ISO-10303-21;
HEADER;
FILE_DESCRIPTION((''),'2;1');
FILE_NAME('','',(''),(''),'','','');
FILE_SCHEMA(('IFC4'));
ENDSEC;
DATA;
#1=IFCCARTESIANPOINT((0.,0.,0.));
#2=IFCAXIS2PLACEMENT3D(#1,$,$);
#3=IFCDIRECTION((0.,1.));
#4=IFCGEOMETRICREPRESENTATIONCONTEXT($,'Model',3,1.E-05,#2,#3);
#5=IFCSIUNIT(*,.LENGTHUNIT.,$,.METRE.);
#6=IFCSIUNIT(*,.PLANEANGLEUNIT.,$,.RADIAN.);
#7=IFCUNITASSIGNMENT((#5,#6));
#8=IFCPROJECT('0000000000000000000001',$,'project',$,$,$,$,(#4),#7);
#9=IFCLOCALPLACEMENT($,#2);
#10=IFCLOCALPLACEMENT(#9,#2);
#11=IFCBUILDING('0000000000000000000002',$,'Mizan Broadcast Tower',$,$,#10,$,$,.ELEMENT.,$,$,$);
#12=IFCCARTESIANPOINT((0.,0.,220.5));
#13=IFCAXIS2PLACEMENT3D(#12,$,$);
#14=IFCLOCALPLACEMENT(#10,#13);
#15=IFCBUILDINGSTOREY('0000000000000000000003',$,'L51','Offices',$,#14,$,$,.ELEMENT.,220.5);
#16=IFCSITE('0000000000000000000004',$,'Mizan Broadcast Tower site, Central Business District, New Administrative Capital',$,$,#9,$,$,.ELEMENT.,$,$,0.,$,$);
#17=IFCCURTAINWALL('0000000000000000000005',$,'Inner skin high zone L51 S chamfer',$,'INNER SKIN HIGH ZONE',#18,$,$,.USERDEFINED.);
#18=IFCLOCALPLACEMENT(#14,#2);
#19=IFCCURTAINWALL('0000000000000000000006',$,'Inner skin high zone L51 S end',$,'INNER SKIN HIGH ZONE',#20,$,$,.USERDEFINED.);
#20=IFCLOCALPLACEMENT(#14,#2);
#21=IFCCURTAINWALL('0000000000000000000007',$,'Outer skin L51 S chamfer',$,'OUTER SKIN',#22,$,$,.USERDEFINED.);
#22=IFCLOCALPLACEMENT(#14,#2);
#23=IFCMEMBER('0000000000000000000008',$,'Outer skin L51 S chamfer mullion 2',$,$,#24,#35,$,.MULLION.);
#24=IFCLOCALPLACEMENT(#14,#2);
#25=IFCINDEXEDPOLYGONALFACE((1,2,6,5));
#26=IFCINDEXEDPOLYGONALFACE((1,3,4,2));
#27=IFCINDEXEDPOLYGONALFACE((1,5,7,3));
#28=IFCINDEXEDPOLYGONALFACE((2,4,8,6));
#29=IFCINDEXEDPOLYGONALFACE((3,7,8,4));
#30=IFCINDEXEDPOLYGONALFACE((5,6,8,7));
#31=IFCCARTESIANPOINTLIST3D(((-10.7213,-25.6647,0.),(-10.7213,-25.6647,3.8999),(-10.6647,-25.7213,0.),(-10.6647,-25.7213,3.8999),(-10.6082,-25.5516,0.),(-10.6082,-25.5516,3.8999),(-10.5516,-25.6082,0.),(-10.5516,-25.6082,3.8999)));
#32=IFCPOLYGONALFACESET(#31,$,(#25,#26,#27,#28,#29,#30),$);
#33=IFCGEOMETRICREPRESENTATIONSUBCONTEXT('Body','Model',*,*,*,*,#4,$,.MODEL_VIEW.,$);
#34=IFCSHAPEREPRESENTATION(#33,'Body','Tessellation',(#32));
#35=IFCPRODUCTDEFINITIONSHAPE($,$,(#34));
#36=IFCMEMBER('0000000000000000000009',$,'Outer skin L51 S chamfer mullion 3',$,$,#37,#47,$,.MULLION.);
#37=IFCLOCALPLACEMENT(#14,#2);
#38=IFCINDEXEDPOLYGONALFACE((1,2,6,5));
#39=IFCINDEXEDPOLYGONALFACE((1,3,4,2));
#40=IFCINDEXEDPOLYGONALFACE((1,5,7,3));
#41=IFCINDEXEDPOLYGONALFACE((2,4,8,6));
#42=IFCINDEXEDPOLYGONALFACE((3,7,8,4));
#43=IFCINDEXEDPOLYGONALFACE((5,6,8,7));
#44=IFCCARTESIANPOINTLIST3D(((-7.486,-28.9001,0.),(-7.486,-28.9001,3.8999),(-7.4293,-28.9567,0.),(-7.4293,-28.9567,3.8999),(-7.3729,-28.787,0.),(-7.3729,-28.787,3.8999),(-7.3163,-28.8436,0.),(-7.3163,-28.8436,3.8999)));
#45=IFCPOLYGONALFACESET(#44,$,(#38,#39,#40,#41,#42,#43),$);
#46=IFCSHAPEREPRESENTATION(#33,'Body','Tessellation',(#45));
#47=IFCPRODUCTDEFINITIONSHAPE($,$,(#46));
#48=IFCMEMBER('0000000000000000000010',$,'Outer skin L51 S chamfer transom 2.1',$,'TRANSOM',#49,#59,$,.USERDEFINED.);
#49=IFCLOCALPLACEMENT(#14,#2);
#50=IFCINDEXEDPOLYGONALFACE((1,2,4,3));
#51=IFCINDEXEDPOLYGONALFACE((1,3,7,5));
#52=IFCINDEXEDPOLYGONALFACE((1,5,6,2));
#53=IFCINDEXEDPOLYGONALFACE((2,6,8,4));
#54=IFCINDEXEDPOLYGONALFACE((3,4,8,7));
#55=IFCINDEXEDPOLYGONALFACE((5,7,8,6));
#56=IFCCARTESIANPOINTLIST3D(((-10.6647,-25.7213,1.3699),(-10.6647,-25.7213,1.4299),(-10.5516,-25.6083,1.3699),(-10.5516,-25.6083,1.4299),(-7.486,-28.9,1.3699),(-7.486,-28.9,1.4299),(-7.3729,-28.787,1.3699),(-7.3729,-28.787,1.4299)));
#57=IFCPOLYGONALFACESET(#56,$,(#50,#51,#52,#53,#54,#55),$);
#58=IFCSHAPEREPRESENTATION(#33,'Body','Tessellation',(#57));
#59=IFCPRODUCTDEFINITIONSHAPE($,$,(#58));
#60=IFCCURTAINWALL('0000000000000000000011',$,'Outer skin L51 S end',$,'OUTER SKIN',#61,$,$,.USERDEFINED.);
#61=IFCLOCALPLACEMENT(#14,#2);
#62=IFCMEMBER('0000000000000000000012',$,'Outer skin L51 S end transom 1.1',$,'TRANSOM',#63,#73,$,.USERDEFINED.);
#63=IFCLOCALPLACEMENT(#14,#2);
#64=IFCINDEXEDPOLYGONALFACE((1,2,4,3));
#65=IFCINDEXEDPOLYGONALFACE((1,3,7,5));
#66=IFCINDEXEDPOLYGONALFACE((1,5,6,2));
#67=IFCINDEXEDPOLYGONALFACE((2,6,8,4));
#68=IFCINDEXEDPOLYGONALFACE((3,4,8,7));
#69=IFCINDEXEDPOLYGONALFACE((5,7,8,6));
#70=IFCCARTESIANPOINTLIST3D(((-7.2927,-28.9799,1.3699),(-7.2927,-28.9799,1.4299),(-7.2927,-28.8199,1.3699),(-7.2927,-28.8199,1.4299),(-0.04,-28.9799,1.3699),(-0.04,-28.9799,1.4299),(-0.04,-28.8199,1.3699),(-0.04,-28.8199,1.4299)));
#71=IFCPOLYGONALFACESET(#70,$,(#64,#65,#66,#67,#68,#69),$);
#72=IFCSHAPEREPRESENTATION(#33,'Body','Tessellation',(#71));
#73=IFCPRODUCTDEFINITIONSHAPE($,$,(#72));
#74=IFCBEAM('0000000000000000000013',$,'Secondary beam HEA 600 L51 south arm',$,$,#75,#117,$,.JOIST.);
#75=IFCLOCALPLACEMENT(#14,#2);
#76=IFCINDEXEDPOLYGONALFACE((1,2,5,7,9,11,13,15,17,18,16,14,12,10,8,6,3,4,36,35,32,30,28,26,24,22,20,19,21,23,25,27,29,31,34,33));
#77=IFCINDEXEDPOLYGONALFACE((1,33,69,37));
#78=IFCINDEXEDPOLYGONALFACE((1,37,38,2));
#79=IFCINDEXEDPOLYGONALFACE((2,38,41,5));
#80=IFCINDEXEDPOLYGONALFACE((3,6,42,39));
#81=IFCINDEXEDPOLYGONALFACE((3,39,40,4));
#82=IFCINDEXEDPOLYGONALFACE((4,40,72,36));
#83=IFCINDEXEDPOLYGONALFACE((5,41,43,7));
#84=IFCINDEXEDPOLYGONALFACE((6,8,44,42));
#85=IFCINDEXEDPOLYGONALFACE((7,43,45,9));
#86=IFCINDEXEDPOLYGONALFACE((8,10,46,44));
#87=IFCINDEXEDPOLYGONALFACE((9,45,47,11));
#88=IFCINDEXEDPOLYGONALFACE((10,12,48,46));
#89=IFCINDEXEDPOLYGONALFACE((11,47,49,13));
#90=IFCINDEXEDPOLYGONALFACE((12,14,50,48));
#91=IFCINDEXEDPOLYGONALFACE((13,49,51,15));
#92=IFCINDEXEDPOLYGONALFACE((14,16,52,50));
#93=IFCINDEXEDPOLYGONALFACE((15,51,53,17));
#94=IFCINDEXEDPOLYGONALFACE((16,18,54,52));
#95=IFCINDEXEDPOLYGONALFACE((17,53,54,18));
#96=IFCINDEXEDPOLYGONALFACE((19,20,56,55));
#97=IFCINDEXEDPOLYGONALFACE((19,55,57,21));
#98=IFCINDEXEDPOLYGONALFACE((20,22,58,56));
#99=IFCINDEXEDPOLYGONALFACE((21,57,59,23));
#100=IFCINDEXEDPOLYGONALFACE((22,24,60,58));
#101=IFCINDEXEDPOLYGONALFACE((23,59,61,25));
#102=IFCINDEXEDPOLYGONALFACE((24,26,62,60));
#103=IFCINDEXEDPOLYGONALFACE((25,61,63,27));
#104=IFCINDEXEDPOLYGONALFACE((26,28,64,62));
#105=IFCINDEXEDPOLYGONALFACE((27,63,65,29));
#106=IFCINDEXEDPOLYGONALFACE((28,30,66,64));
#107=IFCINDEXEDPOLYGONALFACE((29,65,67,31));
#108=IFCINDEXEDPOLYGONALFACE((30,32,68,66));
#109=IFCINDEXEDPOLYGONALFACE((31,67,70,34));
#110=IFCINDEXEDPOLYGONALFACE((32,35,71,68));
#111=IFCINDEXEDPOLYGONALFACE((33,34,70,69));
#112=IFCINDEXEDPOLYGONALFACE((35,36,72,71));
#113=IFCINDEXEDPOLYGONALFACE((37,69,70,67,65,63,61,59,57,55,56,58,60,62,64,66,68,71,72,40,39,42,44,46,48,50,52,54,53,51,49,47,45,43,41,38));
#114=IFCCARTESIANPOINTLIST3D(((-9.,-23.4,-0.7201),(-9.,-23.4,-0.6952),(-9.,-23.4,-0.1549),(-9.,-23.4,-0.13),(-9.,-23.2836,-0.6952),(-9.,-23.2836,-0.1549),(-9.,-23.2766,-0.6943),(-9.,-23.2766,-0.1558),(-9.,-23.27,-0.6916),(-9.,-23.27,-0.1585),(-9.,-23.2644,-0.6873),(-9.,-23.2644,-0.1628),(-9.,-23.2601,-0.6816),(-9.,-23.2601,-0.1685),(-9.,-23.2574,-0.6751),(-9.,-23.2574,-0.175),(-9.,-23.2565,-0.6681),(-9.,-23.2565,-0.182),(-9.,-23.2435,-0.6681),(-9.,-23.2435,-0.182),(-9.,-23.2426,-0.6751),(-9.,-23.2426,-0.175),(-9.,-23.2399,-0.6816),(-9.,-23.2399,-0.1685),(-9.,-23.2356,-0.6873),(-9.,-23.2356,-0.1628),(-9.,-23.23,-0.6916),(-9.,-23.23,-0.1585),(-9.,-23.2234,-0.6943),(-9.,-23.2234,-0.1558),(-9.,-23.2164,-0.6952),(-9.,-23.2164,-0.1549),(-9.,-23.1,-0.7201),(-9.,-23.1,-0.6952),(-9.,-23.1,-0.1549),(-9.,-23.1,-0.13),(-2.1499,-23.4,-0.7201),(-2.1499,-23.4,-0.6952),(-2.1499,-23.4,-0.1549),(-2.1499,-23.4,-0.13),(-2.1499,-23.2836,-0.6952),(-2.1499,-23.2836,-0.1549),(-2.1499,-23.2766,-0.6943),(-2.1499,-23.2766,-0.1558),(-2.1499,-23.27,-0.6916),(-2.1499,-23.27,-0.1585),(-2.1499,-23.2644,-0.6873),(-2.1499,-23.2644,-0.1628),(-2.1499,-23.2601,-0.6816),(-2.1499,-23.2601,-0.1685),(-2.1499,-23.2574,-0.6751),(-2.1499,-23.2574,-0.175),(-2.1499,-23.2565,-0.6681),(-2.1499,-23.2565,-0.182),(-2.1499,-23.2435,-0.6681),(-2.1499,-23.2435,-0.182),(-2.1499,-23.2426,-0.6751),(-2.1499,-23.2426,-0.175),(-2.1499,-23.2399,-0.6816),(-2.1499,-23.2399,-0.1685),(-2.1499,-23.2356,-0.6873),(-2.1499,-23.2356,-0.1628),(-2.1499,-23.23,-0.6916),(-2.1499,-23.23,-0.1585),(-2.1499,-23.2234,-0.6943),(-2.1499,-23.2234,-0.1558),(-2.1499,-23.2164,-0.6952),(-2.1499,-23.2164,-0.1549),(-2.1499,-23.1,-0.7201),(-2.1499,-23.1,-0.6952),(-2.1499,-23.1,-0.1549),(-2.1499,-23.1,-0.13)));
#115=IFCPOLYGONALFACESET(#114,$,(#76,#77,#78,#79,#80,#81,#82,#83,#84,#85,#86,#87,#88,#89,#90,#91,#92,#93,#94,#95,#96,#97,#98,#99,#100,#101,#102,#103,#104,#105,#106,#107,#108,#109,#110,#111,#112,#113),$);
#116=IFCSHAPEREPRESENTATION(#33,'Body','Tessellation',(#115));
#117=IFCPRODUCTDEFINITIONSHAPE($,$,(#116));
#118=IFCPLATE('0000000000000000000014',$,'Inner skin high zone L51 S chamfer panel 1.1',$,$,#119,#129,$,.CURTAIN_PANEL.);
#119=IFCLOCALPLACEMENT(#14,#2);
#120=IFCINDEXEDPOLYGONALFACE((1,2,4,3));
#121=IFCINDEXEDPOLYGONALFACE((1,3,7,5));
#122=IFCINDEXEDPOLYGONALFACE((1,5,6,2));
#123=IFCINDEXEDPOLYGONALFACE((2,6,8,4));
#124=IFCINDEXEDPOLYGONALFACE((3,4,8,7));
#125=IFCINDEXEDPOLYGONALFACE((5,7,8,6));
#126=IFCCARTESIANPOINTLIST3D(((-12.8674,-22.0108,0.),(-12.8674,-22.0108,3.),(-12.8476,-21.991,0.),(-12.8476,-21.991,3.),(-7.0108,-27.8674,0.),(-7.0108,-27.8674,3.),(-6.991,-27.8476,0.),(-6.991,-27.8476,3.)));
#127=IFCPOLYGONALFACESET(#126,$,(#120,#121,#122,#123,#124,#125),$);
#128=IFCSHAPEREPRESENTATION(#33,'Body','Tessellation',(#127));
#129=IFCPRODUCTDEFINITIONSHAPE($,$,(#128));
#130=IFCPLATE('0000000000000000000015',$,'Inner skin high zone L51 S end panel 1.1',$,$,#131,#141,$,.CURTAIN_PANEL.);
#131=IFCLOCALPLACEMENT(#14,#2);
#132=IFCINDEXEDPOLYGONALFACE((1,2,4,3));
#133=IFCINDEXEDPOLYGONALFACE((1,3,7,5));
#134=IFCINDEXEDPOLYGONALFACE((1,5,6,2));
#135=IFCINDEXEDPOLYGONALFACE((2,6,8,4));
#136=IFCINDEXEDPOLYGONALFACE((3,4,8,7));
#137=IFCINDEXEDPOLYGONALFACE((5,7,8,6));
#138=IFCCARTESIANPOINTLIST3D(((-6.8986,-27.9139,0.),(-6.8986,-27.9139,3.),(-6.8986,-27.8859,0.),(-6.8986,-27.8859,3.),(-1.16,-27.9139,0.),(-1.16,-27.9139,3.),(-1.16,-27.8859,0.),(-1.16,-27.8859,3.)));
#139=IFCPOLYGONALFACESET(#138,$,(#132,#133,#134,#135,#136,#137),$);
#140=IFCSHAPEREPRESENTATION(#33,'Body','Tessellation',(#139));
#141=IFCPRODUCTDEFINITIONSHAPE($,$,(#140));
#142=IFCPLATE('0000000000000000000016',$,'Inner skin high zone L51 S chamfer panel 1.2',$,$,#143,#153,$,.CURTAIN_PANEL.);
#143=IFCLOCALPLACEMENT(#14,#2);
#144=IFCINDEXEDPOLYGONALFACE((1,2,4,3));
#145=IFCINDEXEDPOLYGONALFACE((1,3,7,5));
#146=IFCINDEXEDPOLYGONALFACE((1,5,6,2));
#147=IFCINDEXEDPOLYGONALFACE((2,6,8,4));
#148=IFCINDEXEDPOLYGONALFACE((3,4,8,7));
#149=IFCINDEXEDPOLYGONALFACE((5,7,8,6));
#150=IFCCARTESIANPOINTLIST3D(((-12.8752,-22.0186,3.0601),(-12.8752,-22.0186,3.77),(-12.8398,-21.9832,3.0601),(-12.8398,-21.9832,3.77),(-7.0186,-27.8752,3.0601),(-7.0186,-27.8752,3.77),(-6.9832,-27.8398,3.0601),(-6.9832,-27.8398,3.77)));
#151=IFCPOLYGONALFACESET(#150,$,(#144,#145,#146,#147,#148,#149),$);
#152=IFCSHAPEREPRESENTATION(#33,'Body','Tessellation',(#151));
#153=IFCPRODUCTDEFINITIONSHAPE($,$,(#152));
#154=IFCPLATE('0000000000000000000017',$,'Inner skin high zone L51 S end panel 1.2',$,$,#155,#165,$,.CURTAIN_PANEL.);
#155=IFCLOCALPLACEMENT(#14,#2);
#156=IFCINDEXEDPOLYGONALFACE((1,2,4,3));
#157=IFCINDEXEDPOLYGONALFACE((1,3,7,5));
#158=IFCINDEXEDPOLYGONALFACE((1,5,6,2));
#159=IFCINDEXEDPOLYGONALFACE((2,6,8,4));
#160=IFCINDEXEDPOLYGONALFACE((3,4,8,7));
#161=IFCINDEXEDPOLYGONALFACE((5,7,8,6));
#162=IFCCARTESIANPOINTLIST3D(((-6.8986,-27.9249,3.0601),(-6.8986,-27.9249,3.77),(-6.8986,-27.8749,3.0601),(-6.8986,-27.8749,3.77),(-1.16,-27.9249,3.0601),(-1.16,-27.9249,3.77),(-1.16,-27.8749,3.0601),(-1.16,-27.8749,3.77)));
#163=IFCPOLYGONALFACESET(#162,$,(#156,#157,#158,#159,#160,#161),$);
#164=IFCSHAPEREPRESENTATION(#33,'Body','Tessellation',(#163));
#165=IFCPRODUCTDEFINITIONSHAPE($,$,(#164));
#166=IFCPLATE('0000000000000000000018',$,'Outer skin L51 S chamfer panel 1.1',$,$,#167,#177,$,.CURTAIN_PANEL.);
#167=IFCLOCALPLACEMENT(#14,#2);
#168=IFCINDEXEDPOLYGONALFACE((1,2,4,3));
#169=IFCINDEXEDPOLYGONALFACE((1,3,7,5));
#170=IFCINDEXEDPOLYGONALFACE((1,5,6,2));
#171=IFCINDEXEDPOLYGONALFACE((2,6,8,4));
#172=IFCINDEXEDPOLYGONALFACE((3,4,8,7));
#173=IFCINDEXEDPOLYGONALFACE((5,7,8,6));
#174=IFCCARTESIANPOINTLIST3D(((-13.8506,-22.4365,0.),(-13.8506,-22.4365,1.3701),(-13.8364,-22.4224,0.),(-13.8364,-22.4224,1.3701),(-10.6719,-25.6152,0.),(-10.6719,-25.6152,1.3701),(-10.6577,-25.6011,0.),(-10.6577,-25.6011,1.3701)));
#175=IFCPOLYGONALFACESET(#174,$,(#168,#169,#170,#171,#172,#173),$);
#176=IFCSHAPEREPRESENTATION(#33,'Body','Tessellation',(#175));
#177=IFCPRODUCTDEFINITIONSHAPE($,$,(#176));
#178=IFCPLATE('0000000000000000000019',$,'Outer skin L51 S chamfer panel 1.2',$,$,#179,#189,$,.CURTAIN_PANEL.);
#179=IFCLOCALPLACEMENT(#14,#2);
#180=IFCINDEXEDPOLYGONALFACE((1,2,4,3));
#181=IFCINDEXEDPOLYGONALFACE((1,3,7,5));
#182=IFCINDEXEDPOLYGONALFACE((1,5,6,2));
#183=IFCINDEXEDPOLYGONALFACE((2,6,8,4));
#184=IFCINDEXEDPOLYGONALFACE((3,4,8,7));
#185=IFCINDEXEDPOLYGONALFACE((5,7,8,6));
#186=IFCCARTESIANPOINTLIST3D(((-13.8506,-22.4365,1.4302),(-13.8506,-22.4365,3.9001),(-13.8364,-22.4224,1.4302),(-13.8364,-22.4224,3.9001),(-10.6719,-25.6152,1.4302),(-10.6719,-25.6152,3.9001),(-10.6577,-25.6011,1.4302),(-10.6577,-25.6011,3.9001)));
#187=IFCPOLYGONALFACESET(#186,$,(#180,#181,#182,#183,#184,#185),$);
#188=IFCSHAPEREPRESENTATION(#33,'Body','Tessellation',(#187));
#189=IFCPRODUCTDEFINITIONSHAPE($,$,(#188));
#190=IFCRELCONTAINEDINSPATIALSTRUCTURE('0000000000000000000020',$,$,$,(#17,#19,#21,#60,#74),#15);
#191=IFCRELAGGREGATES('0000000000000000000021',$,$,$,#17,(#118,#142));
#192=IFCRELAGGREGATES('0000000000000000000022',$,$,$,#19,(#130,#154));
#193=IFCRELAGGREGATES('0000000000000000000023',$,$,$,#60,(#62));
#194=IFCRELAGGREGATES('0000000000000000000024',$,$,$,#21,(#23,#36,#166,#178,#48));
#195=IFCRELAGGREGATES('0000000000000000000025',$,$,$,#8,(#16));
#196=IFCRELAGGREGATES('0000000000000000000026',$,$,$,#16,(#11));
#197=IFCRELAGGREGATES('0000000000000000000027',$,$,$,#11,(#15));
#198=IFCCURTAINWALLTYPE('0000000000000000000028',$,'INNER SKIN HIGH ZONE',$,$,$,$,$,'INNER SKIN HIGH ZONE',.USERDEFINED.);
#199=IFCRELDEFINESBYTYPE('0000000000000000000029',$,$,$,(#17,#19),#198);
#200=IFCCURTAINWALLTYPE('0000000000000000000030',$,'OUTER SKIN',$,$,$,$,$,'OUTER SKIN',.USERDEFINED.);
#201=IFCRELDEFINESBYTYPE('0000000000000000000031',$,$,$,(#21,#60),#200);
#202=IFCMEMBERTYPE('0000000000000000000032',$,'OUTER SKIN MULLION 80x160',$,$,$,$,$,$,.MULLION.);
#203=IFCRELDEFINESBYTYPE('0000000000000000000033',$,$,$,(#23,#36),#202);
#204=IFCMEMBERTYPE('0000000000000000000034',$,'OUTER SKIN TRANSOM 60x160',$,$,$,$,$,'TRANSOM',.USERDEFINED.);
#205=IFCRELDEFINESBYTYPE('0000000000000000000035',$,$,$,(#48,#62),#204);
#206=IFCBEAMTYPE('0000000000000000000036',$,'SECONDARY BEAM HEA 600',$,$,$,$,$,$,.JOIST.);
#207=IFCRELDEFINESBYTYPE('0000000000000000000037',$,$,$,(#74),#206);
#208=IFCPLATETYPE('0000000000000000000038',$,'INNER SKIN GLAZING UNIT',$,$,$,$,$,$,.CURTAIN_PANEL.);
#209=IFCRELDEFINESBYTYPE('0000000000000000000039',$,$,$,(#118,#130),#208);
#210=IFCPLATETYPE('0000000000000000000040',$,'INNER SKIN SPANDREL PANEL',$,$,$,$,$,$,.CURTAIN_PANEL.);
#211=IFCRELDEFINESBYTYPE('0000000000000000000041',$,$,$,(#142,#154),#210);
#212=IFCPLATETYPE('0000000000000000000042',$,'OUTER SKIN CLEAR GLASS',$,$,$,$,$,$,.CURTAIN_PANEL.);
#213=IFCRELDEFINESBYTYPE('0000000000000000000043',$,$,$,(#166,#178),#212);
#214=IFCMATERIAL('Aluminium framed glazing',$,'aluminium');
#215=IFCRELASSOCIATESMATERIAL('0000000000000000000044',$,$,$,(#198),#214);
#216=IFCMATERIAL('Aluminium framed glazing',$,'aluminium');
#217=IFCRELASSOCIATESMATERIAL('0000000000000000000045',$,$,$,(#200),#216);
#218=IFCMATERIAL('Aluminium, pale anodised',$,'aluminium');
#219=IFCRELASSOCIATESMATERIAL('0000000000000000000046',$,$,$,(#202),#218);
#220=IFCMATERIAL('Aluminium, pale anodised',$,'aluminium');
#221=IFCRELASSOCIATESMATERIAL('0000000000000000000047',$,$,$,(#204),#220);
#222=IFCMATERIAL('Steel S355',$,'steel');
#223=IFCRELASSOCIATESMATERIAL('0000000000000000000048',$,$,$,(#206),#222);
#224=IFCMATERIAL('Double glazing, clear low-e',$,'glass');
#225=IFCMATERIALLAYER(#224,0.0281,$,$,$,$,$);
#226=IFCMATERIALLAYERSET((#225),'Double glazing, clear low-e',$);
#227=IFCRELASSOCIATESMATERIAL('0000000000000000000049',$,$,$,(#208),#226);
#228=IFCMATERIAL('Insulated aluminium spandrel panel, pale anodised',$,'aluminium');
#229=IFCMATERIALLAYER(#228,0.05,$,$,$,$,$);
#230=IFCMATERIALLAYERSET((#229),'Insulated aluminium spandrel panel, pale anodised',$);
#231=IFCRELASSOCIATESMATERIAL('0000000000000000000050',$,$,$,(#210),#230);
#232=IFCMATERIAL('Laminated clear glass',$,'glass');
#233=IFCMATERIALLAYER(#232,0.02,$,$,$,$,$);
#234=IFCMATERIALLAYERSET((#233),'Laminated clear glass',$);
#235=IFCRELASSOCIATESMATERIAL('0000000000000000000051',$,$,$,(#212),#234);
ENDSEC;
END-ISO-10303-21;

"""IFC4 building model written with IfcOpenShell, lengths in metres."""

from ifc_helpers import new_model, si_unit, direction, frame, origin, origin_2d, place, context, subcontext, project, spatial, rectangle, i_section, extrude, material, layer, layer_set, material_profile, profile_set, type_object, element, aggregate, save


model = new_model("IFC4")

# Units and contexts
model_context = context("Model", 3, precision=1e-05, world=origin(), true_north=direction((0.0, 1.0)))
body_context = subcontext(model_context, "Body", "Model", "MODEL_VIEW")
ifc_project = project(units=[si_unit("LENGTHUNIT", "METRE"), si_unit("PLANEANGLEUNIT", "RADIAN")], contexts=[model_context])

# Site, building, storey
site_placement = place(None, origin())
site = spatial("IfcSite", under=ifc_project, at=site_placement, Name="Mizan Broadcast Tower site, Central Business District, New Administrative Capital", CompositionType="ELEMENT", RefElevation=0.0)
building_placement = place(site_placement, origin())
building = spatial("IfcBuilding", under=site, at=building_placement, Name="Mizan Broadcast Tower", CompositionType="ELEMENT")
storey_placement = place(building_placement, frame((0.0, 0.0, 220.5)))
storey = spatial("IfcBuildingStorey", under=building, at=storey_placement, Name="L51", Description="Offices", CompositionType="ELEMENT", Elevation=220.5)

# Curtain wall
ifc_material_1 = material(Name="Aluminium framed glazing", Category="aluminium")
curtain_wall_type_1 = type_object("IfcCurtainWallType", Name="INNER SKIN HIGH ZONE", ElementType="INNER SKIN HIGH ZONE", PredefinedType="USERDEFINED", material=ifc_material_1)
curtain_wall_1_placement = place(storey_placement, origin())
curtain_wall_1 = element("IfcCurtainWall", 1, at=curtain_wall_1_placement, inside=storey, type_object=curtain_wall_type_1, Name="Inner skin high zone L51 S chamfer", ObjectType="INNER SKIN HIGH ZONE", PredefinedType="USERDEFINED")

# Curtain walls, members
curtain_wall_2_placement = place(storey_placement, origin())
curtain_wall_2 = element("IfcCurtainWall", 2, at=curtain_wall_2_placement, inside=storey, type_object=curtain_wall_type_1, Name="Inner skin high zone L51 S end", ObjectType="INNER SKIN HIGH ZONE", PredefinedType="USERDEFINED")
ifc_material_2 = material(Name="Aluminium framed glazing", Category="aluminium")
curtain_wall_type_2 = type_object("IfcCurtainWallType", Name="OUTER SKIN", ElementType="OUTER SKIN", PredefinedType="USERDEFINED", material=ifc_material_2)
curtain_wall_3_placement = place(storey_placement, origin())
curtain_wall_3 = element("IfcCurtainWall", 3, at=curtain_wall_3_placement, inside=storey, type_object=curtain_wall_type_2, Name="Outer skin L51 S chamfer", ObjectType="OUTER SKIN", PredefinedType="USERDEFINED")
ifc_material_3 = material(Name="Aluminium, pale anodised", Category="aluminium")
ifc_material_profile_1 = material_profile(ifc_material_3, rectangle(XDim=0.1599, YDim=0.0801, at=origin_2d()), Name="MULLION 160x80")
ifc_profile_set_1 = profile_set([ifc_material_profile_1], Name="Aluminium, pale anodised")
member_type_1 = type_object("IfcMemberType", Name="OUTER SKIN MULLION 80x160", PredefinedType="MULLION", material=ifc_profile_set_1)
member_1_placement = place(storey_placement, frame((-10.6365, -25.6365, 0.0), z_axis=(0.0, 0.0, 1.0), x_axis=(0.707107, 0.707107, 0.0)))
member_1 = element("IfcMember", 4, at=member_1_placement, type_object=member_type_1, Name="Outer skin L51 S chamfer mullion 2", PredefinedType="MULLION", context=body_context, shape_type="SweptSolid", body=[
    extrude(rectangle(XDim=0.1599, YDim=0.0801, at=origin_2d()), origin(), (0.0, 0.0, 1.0), 3.8999),
])
member_2_placement = place(storey_placement, frame((-7.4011, -28.8718, 0.0), z_axis=(0.0, 0.0, 1.0), x_axis=(0.707107, 0.707107, 0.0)))
member_2 = element("IfcMember", 5, at=member_2_placement, type_object=member_type_1, Name="Outer skin L51 S chamfer mullion 3", PredefinedType="MULLION", context=body_context, shape_type="SweptSolid", body=[
    extrude(rectangle(XDim=0.1599, YDim=0.0801, at=origin_2d()), origin(), (0.0, 0.0, 1.0), 3.8999),
])
ifc_material_4 = material(Name="Aluminium, pale anodised", Category="aluminium")
ifc_material_profile_2 = material_profile(ifc_material_4, rectangle(XDim=0.1599, YDim=0.0601, at=origin_2d()), Name="TRANSOM 160x60")
ifc_profile_set_2 = profile_set([ifc_material_profile_2], Name="Aluminium, pale anodised")
member_type_2 = type_object("IfcMemberType", Name="OUTER SKIN TRANSOM 60x160", ElementType="TRANSOM", PredefinedType="USERDEFINED", material=ifc_profile_set_2)
member_3_placement = place(storey_placement, frame((-10.6082, -25.6648, 1.3999), z_axis=(0.707107, -0.707107, 0.0), x_axis=(0.707107, 0.707107, 0.0)))
member_3 = element("IfcMember", 6, at=member_3_placement, type_object=member_type_2, Name="Outer skin L51 S chamfer transom 2.1", ObjectType="TRANSOM", PredefinedType="USERDEFINED", context=body_context, shape_type="SweptSolid", body=[
    extrude(rectangle(XDim=0.1599, YDim=0.0601, at=origin_2d()), origin(), (0.0, 0.0, 1.0), 4.4954),
])

# Curtain wall, member
curtain_wall_4_placement = place(storey_placement, origin())
curtain_wall_4 = element("IfcCurtainWall", 7, at=curtain_wall_4_placement, inside=storey, type_object=curtain_wall_type_2, Name="Outer skin L51 S end", ObjectType="OUTER SKIN", PredefinedType="USERDEFINED")
member_4_placement = place(storey_placement, frame((-7.2927, -28.8999, 1.3999), z_axis=(1.0, 0.0, 0.0), x_axis=(0.0, 1.0, 0.0)))
member_4 = element("IfcMember", 8, at=member_4_placement, type_object=member_type_2, Name="Outer skin L51 S end transom 1.1", ObjectType="TRANSOM", PredefinedType="USERDEFINED", context=body_context, shape_type="SweptSolid", body=[
    extrude(rectangle(XDim=0.1599, YDim=0.0601, at=origin_2d()), origin(), (0.0, 0.0, 1.0), 7.2527),
])

# Beam
ifc_material_5 = material(Name="Steel S355", Category="steel")
ifc_material_profile_3 = material_profile(ifc_material_5, i_section(OverallWidth=0.3, OverallDepth=0.5901, WebThickness=0.0129, FlangeThickness=0.0249, FilletRadius=0.0271, at=origin_2d()), Name="HEA 600")
ifc_profile_set_3 = profile_set([ifc_material_profile_3], Name="Steel S355")
beam_type_1 = type_object("IfcBeamType", Name="SECONDARY BEAM HEA 600", PredefinedType="JOIST", material=ifc_profile_set_3)
beam_1_placement = place(storey_placement, frame((-9.0, -23.25, -0.425), z_axis=(1.0, 0.0, 0.0), x_axis=(0.0, 1.0, 0.0)))
element("IfcBeam", 9, at=beam_1_placement, inside=storey, type_object=beam_type_1, Name="Secondary beam HEA 600 L51 south arm", PredefinedType="JOIST", context=body_context, shape_type="SweptSolid", body=[
    extrude(i_section(OverallWidth=0.3, OverallDepth=0.5901, WebThickness=0.0129, FlangeThickness=0.0249, FilletRadius=0.0271, at=origin_2d()), origin(), (0.0, 0.0, 1.0), 6.8501),
])

# Plates
ifc_material_6 = material(Name="Double glazing, clear low-e", Category="glass")
ifc_layer_1 = layer(ifc_material_6, 0.0281)
ifc_layer_set_1 = layer_set([ifc_layer_1], Name="Double glazing, clear low-e")
plate_type_1 = type_object("IfcPlateType", Name="INNER SKIN GLAZING UNIT", PredefinedType="CURTAIN_PANEL", material=ifc_layer_set_1)
plate_1_placement = place(storey_placement, frame((-9.9292, -24.9292, 0.0), z_axis=(0.0, 0.0, 1.0), x_axis=(0.707107, -0.707107, 0.0)))
plate_1 = element("IfcPlate", 10, at=plate_1_placement, type_object=plate_type_1, Name="Inner skin high zone L51 S chamfer panel 1.1", PredefinedType="CURTAIN_PANEL", context=body_context, shape_type="SweptSolid", body=[
    extrude(rectangle(XDim=8.2825, YDim=0.0281, at=origin_2d()), origin(), (0.0, 0.0, 1.0), 3.0),
])
plate_2_placement = place(storey_placement, frame((-4.0293, -27.8999, 0.0), z_axis=(0.0, 0.0, 1.0), x_axis=(1.0, 0.0, 0.0)))
plate_2 = element("IfcPlate", 11, at=plate_2_placement, type_object=plate_type_1, Name="Inner skin high zone L51 S end panel 1.1", PredefinedType="CURTAIN_PANEL", context=body_context, shape_type="SweptSolid", body=[
    extrude(rectangle(XDim=5.7385, YDim=0.0281, at=origin_2d()), origin(), (0.0, 0.0, 1.0), 3.0),
])
ifc_material_7 = material(Name="Insulated aluminium spandrel panel, pale anodised", Category="aluminium")
ifc_layer_2 = layer(ifc_material_7, 0.05)
ifc_layer_set_2 = layer_set([ifc_layer_2], Name="Insulated aluminium spandrel panel, pale anodised")
plate_type_2 = type_object("IfcPlateType", Name="INNER SKIN SPANDREL PANEL", PredefinedType="CURTAIN_PANEL", material=ifc_layer_set_2)
plate_3_placement = place(storey_placement, frame((-9.9292, -24.9292, 3.0601), z_axis=(0.0, 0.0, 1.0), x_axis=(0.707107, -0.707107, 0.0)))
plate_3 = element("IfcPlate", 12, at=plate_3_placement, type_object=plate_type_2, Name="Inner skin high zone L51 S chamfer panel 1.2", PredefinedType="CURTAIN_PANEL", context=body_context, shape_type="SweptSolid", body=[
    extrude(rectangle(XDim=8.2825, YDim=0.05, at=origin_2d()), origin(), (0.0, 0.0, 1.0), 0.71),
])
aggregate(curtain_wall_1, [plate_1, plate_3])
plate_4_placement = place(storey_placement, frame((-4.0293, -27.8999, 3.0601), z_axis=(0.0, 0.0, 1.0), x_axis=(1.0, 0.0, 0.0)))
plate_4 = element("IfcPlate", 13, at=plate_4_placement, type_object=plate_type_2, Name="Inner skin high zone L51 S end panel 1.2", PredefinedType="CURTAIN_PANEL", context=body_context, shape_type="SweptSolid", body=[
    extrude(rectangle(XDim=5.7385, YDim=0.05, at=origin_2d()), origin(), (0.0, 0.0, 1.0), 0.71),
])
aggregate(curtain_wall_2, [plate_2, plate_4])
ifc_material_8 = material(Name="Laminated clear glass", Category="glass")
ifc_layer_3 = layer(ifc_material_8, 0.02)
ifc_layer_set_3 = layer_set([ifc_layer_3], Name="Laminated clear glass")
plate_type_3 = type_object("IfcPlateType", Name="OUTER SKIN CLEAR GLASS", PredefinedType="CURTAIN_PANEL", material=ifc_layer_set_3)
plate_5_placement = place(storey_placement, frame((-12.2542, -24.0188, 0.0), z_axis=(0.0, 0.0, 1.0), x_axis=(0.707107, -0.707107, 0.0)))
plate_5 = element("IfcPlate", 14, at=plate_5_placement, type_object=plate_type_3, Name="Outer skin L51 S chamfer panel 1.1", PredefinedType="CURTAIN_PANEL", context=body_context, shape_type="SweptSolid", body=[
    extrude(rectangle(XDim=4.4954, YDim=0.02, at=origin_2d()), origin(), (0.0, 0.0, 1.0), 1.3701),
])
plate_6_placement = place(storey_placement, frame((-12.2542, -24.0188, 1.4302), z_axis=(0.0, 0.0, 1.0), x_axis=(0.707107, -0.707107, 0.0)))
plate_6 = element("IfcPlate", 15, at=plate_6_placement, type_object=plate_type_3, Name="Outer skin L51 S chamfer panel 1.2", PredefinedType="CURTAIN_PANEL", context=body_context, shape_type="SweptSolid", body=[
    extrude(rectangle(XDim=4.4954, YDim=0.02, at=origin_2d()), origin(), (0.0, 0.0, 1.0), 2.47),
])
aggregate(curtain_wall_4, [member_4])
aggregate(curtain_wall_3, [member_1, member_2, plate_5, plate_6, member_3])

save(model, "model.ifc")
